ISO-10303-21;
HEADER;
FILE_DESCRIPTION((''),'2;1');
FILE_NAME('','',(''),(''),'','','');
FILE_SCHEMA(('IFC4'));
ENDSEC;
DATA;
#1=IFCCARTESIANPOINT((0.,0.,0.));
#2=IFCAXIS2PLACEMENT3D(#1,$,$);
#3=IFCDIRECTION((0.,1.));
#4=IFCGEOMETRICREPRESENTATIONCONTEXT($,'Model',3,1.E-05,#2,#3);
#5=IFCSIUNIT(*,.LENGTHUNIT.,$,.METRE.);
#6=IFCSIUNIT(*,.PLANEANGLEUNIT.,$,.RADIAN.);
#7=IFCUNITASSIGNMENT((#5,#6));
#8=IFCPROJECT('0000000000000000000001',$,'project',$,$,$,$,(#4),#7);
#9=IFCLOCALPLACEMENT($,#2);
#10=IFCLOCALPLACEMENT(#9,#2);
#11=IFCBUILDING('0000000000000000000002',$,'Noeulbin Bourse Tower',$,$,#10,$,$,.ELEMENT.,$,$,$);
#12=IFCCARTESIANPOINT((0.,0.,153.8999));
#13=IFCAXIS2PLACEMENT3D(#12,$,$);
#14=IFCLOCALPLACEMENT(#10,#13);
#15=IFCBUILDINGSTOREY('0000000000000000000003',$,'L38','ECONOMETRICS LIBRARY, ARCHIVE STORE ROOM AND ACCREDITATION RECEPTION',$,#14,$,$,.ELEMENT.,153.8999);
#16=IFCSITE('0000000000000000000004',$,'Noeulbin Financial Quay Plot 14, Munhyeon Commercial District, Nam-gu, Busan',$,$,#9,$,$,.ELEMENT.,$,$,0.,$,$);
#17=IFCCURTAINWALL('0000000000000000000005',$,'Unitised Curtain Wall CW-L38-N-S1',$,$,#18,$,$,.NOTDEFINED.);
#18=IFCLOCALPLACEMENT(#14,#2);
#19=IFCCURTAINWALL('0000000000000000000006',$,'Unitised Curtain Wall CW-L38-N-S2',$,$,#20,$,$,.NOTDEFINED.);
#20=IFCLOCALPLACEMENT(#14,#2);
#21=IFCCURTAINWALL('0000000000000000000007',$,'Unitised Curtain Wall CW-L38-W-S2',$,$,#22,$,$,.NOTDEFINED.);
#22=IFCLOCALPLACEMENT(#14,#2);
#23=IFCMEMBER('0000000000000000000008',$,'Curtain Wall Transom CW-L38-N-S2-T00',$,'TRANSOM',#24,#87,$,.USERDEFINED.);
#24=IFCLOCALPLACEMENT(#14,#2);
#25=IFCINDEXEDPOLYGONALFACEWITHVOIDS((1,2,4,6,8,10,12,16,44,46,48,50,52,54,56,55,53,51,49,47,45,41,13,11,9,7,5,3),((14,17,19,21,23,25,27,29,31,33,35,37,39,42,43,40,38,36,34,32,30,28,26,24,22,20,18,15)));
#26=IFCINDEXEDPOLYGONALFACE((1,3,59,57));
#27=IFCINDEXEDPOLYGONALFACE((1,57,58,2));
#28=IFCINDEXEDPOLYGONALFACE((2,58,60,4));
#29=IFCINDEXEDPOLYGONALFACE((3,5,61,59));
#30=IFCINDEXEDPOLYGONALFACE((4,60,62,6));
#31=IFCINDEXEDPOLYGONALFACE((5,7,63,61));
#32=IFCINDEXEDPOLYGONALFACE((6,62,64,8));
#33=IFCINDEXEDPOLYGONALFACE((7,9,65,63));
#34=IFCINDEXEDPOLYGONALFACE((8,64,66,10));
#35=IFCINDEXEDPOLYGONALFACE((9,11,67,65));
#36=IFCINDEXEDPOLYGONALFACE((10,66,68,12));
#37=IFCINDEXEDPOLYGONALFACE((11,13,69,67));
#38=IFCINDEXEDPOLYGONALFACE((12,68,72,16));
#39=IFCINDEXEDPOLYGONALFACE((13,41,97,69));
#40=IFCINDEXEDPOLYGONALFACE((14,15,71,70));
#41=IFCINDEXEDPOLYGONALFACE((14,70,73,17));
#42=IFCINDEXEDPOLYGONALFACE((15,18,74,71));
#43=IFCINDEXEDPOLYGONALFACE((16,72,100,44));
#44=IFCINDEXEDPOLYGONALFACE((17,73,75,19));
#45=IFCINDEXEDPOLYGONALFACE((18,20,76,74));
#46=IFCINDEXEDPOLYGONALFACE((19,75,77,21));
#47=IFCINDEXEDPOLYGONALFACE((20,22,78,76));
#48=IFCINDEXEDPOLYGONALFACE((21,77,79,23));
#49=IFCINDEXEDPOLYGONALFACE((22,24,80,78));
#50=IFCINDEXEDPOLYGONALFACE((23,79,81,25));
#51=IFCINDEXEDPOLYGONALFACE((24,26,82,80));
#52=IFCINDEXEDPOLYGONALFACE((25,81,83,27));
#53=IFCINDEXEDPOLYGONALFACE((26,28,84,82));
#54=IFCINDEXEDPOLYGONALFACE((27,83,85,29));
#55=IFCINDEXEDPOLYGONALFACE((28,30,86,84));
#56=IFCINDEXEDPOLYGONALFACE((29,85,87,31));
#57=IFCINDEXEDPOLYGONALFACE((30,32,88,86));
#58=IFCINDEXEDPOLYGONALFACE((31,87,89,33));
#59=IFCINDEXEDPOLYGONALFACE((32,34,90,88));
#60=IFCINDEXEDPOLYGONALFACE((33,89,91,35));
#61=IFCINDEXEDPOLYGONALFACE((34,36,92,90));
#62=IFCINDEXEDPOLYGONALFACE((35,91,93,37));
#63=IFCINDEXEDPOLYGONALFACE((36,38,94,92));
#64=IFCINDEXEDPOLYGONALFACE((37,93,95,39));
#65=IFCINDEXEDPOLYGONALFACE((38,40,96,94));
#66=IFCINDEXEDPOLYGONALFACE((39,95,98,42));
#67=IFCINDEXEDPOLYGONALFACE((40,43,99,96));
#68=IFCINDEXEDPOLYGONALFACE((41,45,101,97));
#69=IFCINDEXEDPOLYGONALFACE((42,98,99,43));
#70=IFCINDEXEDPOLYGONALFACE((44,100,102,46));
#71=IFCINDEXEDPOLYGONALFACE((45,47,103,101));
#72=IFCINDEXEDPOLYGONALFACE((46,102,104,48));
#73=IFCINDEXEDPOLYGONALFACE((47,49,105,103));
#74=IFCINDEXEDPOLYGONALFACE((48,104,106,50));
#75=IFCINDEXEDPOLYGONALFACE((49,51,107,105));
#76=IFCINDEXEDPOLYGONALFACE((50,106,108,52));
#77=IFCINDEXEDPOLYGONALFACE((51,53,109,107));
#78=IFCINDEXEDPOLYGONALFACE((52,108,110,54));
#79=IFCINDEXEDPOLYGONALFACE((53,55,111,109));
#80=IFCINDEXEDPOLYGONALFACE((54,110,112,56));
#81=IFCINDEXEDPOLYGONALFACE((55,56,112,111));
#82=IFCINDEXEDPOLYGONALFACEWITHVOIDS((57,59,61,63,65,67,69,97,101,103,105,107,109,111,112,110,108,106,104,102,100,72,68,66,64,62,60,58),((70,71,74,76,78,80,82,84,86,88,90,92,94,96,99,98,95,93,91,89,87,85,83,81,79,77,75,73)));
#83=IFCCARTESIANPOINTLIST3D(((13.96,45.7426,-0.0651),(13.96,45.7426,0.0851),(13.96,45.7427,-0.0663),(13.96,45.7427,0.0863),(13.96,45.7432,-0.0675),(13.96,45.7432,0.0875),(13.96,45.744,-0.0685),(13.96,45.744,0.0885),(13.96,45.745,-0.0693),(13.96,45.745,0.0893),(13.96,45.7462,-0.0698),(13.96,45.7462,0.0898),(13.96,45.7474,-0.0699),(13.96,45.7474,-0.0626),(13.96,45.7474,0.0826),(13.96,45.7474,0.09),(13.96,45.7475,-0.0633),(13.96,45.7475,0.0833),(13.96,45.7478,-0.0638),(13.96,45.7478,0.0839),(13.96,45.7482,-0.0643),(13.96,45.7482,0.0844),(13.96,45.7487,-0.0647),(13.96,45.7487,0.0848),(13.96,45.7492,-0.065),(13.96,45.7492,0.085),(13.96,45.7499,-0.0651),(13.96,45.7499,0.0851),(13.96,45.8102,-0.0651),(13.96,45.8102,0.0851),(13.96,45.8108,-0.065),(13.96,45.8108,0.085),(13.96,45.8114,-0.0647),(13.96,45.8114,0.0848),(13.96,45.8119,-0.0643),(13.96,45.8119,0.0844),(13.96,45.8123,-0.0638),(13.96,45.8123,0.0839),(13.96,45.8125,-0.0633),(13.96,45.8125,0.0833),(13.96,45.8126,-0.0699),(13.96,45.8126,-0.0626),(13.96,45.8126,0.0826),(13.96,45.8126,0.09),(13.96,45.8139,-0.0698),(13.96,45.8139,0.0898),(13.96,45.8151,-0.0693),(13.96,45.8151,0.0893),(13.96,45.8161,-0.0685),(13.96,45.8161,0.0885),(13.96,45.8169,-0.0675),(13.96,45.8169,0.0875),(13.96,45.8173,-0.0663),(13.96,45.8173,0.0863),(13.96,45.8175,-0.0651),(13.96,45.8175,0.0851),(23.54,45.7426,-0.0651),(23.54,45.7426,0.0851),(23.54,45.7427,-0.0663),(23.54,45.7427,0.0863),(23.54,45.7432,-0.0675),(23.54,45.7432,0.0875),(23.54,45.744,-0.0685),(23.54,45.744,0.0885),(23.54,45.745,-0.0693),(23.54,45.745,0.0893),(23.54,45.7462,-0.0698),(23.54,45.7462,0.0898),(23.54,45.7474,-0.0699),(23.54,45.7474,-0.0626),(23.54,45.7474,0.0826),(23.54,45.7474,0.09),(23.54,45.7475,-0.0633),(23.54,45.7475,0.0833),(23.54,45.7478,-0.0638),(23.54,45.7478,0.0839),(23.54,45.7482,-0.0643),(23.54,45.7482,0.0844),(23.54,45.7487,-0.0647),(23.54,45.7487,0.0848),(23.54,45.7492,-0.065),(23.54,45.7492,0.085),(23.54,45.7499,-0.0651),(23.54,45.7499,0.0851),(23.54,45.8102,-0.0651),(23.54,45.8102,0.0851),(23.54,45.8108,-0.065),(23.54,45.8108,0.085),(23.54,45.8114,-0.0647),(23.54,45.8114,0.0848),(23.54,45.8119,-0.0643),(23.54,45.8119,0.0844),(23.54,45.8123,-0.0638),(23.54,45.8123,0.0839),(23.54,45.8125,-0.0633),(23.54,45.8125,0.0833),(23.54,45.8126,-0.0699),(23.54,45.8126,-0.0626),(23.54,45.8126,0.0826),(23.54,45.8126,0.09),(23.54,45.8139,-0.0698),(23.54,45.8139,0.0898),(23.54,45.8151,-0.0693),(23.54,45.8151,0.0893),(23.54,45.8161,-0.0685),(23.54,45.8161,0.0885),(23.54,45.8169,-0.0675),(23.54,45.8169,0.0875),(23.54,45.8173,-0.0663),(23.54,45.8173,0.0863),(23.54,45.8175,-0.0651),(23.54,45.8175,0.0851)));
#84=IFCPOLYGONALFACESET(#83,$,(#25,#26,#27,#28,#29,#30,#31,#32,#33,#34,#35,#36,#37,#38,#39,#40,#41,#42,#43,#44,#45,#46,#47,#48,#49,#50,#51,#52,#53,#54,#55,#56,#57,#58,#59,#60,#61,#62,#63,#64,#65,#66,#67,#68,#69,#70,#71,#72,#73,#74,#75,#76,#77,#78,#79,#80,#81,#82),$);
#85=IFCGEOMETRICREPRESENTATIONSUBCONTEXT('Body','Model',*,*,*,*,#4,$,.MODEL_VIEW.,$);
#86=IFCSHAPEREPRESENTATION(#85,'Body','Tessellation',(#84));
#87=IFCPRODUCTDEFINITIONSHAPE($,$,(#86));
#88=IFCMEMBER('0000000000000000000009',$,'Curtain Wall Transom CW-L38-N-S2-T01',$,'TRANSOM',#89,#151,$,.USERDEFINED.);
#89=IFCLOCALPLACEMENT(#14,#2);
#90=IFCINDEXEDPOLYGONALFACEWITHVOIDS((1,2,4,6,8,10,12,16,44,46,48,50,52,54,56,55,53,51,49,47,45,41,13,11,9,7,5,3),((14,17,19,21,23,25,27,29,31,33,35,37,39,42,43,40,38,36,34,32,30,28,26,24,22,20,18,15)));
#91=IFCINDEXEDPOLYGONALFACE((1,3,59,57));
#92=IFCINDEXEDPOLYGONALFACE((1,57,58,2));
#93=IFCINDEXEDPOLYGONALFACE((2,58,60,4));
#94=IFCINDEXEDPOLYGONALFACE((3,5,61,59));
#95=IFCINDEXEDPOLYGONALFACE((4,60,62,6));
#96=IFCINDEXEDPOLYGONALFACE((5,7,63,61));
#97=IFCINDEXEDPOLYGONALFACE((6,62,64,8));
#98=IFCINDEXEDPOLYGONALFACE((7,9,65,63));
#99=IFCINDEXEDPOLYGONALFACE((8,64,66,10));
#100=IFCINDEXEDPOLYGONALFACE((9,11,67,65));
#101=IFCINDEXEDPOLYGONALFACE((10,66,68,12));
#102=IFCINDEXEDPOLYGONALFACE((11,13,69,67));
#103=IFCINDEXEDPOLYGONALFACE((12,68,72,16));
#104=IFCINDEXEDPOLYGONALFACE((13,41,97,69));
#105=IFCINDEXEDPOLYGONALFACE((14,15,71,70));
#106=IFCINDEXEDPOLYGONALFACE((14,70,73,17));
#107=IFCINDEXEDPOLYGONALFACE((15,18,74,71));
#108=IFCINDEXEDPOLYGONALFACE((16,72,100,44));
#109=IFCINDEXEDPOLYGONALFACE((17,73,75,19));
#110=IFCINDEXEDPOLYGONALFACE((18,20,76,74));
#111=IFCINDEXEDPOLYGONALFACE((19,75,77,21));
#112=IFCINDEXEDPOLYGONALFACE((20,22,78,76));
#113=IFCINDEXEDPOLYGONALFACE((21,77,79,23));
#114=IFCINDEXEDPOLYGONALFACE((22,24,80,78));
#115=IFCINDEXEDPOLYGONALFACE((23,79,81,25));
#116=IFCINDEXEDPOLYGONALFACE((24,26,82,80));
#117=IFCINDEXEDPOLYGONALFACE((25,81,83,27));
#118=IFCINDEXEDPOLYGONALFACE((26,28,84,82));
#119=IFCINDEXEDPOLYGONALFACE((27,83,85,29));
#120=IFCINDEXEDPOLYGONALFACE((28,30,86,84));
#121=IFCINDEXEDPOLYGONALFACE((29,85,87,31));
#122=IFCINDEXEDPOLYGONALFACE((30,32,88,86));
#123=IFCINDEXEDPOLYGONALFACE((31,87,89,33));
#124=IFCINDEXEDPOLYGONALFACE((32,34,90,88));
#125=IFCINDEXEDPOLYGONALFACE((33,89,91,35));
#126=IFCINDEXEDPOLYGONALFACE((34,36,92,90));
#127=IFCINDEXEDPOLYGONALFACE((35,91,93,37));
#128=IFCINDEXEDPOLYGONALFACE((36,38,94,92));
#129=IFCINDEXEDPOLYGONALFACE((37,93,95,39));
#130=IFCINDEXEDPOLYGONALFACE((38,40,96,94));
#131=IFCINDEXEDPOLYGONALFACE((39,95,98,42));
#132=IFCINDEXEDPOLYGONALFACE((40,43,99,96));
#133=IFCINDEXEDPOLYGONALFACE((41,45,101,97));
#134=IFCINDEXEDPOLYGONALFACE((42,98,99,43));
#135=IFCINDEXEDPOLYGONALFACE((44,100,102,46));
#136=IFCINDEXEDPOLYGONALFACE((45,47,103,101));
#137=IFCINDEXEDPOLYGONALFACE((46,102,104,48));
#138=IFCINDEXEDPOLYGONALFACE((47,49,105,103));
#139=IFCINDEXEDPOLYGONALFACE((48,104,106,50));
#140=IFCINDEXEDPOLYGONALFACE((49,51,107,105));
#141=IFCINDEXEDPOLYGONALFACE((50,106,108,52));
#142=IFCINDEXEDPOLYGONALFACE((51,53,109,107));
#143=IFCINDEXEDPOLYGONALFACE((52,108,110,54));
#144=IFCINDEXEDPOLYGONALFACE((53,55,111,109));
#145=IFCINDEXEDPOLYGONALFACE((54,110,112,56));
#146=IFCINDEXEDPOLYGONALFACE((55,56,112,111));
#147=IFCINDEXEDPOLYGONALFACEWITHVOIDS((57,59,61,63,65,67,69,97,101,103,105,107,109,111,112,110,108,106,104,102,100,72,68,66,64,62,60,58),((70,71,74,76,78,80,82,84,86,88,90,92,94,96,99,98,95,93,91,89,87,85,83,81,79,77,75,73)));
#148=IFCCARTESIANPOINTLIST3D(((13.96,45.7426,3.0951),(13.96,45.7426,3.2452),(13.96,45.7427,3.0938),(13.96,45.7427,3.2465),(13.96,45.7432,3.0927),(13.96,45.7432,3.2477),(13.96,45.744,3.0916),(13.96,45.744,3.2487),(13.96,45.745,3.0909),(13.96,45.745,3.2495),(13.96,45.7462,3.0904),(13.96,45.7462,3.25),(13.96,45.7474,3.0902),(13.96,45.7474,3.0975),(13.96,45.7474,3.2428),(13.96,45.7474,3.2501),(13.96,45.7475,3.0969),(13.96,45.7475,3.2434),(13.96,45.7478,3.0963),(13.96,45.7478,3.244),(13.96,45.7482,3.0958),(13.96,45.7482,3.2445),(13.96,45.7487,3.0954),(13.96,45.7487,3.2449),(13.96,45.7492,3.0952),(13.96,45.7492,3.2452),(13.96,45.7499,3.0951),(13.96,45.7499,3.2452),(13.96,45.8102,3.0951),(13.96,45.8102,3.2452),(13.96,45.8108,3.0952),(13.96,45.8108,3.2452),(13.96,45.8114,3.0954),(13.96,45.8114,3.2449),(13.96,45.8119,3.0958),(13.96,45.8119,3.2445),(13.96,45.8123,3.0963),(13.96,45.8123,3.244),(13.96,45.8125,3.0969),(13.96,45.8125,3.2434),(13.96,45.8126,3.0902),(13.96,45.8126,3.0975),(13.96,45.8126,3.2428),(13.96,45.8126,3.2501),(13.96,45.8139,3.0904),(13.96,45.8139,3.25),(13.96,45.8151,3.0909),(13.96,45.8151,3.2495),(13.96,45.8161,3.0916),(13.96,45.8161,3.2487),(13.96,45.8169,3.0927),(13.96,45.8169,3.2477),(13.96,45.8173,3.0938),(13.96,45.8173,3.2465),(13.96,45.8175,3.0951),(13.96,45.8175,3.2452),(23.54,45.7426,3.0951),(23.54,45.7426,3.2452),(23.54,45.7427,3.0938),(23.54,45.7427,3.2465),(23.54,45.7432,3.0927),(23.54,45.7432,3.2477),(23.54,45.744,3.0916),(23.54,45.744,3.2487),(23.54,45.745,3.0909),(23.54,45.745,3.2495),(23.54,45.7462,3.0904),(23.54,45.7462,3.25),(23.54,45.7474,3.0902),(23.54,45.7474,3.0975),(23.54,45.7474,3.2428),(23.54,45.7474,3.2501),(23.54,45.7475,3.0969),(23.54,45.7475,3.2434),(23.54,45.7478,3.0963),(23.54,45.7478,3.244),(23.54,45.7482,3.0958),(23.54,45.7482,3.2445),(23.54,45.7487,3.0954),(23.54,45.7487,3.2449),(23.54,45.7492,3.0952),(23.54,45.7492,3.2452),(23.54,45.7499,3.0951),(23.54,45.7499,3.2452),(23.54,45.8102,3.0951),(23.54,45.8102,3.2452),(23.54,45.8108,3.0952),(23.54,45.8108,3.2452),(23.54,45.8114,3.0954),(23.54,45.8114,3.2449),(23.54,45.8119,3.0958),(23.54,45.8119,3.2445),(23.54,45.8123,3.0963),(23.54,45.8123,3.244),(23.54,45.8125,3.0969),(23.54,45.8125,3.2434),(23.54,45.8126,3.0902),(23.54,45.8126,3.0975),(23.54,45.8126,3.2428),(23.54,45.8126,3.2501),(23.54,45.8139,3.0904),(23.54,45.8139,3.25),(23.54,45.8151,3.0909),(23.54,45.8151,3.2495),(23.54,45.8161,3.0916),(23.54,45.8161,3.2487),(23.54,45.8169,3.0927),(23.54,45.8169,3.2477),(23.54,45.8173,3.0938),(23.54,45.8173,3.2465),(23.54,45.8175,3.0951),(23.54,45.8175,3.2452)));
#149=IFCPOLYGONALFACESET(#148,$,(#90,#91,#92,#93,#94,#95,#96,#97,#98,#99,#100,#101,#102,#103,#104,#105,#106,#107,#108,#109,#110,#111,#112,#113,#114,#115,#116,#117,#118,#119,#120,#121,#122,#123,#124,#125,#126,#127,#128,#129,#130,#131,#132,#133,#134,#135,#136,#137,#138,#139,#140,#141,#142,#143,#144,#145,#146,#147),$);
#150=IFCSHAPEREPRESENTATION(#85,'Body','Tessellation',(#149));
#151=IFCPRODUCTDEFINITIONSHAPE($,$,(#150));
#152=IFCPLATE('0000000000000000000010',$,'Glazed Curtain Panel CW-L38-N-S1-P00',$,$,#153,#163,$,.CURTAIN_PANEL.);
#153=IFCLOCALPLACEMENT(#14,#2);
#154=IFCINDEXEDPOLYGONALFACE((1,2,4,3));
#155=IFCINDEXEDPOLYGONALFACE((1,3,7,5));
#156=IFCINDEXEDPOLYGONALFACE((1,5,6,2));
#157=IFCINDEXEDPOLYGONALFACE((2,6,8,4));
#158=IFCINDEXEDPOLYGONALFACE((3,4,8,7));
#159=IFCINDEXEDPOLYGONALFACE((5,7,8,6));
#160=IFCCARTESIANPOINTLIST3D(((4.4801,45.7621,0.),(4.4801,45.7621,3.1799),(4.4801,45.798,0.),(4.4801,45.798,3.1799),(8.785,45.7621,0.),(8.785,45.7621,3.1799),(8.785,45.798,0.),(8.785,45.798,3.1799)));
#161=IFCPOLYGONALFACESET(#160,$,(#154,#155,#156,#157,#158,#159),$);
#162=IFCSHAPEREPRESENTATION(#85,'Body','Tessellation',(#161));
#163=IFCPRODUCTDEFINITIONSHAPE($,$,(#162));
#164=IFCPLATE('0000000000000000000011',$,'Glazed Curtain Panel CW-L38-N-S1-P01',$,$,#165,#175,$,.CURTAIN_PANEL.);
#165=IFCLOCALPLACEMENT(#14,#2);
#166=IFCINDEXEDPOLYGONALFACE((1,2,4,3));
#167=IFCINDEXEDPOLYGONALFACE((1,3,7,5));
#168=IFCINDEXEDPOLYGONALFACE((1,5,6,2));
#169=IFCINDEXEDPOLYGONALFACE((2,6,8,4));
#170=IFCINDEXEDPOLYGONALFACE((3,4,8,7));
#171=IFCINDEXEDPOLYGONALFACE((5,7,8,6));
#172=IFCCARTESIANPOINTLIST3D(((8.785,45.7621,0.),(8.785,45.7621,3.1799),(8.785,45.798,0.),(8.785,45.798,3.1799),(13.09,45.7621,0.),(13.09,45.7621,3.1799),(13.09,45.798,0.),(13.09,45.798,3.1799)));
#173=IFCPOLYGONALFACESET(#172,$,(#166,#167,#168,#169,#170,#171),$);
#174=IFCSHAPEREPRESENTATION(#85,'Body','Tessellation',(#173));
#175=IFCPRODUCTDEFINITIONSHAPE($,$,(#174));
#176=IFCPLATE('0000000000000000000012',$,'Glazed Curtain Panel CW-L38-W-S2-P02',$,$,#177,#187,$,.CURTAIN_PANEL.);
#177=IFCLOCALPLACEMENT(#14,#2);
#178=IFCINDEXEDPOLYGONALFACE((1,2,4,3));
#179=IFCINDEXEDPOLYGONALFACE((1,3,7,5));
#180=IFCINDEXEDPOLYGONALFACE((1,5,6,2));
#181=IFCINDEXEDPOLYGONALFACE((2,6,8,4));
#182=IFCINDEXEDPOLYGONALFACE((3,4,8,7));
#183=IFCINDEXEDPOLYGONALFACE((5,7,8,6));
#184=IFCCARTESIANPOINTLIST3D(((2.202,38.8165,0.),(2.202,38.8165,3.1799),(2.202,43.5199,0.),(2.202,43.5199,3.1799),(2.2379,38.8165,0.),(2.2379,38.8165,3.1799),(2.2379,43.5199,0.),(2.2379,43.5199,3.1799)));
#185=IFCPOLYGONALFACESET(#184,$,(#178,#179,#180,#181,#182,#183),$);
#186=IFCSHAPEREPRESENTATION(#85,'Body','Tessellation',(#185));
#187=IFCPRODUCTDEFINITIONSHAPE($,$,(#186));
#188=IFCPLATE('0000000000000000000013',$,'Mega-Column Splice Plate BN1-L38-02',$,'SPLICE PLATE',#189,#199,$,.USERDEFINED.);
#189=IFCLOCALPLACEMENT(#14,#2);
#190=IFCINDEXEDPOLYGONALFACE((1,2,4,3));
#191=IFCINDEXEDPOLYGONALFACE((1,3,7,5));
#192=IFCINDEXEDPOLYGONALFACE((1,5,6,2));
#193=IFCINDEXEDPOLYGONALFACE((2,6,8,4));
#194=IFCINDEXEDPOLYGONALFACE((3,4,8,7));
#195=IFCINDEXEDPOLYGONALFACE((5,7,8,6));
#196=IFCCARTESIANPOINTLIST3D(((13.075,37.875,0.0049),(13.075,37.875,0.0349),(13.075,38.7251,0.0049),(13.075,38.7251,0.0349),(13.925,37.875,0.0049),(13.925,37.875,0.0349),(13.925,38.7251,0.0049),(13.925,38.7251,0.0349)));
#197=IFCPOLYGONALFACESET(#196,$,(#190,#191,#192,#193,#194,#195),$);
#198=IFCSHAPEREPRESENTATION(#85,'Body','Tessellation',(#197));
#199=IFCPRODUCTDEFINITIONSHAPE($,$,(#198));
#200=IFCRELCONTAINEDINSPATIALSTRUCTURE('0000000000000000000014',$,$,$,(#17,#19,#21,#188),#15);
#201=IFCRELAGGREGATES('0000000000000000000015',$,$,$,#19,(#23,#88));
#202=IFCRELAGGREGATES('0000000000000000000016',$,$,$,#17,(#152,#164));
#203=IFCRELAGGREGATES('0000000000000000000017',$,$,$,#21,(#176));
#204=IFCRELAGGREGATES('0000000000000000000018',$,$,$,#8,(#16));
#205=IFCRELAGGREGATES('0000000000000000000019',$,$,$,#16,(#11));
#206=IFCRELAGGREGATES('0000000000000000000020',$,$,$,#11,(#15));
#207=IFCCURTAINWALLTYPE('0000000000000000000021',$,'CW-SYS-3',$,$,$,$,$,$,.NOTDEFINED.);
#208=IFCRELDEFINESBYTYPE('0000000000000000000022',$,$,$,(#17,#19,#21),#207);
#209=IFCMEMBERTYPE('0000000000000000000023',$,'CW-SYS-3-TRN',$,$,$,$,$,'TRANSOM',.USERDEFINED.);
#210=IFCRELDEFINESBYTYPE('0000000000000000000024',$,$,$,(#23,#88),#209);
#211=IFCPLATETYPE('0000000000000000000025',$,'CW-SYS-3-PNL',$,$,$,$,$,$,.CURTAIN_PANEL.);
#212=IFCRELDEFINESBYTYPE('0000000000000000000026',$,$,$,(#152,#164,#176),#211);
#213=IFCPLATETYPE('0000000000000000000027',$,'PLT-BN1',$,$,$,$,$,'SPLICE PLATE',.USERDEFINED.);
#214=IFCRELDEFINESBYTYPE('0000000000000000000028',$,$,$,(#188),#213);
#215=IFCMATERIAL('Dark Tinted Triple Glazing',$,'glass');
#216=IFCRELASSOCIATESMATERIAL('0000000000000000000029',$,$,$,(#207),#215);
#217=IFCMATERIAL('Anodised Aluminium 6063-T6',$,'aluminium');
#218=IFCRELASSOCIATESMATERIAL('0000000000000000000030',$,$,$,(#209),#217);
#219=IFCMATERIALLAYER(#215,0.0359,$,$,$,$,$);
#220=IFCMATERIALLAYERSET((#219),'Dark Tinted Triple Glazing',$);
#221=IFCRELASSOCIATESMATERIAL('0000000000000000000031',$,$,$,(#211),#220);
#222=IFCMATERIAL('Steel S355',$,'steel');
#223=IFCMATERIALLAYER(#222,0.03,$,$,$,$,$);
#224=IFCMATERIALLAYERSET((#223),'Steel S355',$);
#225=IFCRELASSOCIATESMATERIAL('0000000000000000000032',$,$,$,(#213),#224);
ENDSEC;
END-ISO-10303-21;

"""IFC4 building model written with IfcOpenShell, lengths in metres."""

from ifc_helpers import new_model, si_unit, direction, frame, origin, origin_2d, place, context, subcontext, project, spatial, rectangle, hollow_rectangle, extrude, material, layer, layer_set, material_profile, profile_set, type_object, element, aggregate, save


model = new_model("IFC4")

# Units and contexts
model_context = context("Model", 3, precision=1e-05, world=origin(), true_north=direction((0.0, 1.0)))
body_context = subcontext(model_context, "Body", "Model", "MODEL_VIEW")
ifc_project = project(units=[si_unit("LENGTHUNIT", "METRE"), si_unit("PLANEANGLEUNIT", "RADIAN")], contexts=[model_context])

# Site, building, storey
site_placement = place(None, origin())
site = spatial("IfcSite", under=ifc_project, at=site_placement, Name="Noeulbin Financial Quay Plot 14, Munhyeon Commercial District, Nam-gu, Busan", CompositionType="ELEMENT", RefElevation=0.0)
building_placement = place(site_placement, origin())
building = spatial("IfcBuilding", under=site, at=building_placement, Name="Noeulbin Bourse Tower", CompositionType="ELEMENT")
storey_placement = place(building_placement, frame((0.0, 0.0, 153.8999)))
storey = spatial("IfcBuildingStorey", under=building, at=storey_placement, Name="L38", Description="ECONOMETRICS LIBRARY, ARCHIVE STORE ROOM AND ACCREDITATION RECEPTION", CompositionType="ELEMENT", Elevation=153.8999)

# Shared definitions
ifc_material_1 = material(Name="Steel S355", Category="steel")

# Curtain wall
ifc_material_2 = material(Name="Dark Tinted Triple Glazing", Category="glass")
curtain_wall_type = type_object("IfcCurtainWallType", Name="CW-SYS-3", PredefinedType="NOTDEFINED", material=ifc_material_2)
curtain_wall_1_placement = place(storey_placement, origin())
curtain_wall_1 = element("IfcCurtainWall", 1, at=curtain_wall_1_placement, inside=storey, type_object=curtain_wall_type, Name="Unitised Curtain Wall CW-L38-N-S1", PredefinedType="NOTDEFINED")
ifc_material_3 = material(Name="Anodised Aluminium 6063-T6", Category="aluminium")

# Curtain wall
curtain_wall_2_placement = place(storey_placement, origin())
curtain_wall_2 = element("IfcCurtainWall", 2, at=curtain_wall_2_placement, inside=storey, type_object=curtain_wall_type, Name="Unitised Curtain Wall CW-L38-N-S2", PredefinedType="NOTDEFINED")

# Curtain wall
curtain_wall_3_placement = place(storey_placement, origin())
curtain_wall_3 = element("IfcCurtainWall", 3, at=curtain_wall_3_placement, inside=storey, type_object=curtain_wall_type, Name="Unitised Curtain Wall CW-L38-W-S2", PredefinedType="NOTDEFINED")

# Members
ifc_material_profile_1 = material_profile(ifc_material_3, hollow_rectangle(XDim=0.075, YDim=0.1599, WallThickness=0.0049, InnerFilletRadius=0.0024, OuterFilletRadius=0.0049, at=origin_2d()), Name="ALU-TRAN-75x160x5", Category="LoadBearing")
ifc_profile_set_1 = profile_set([ifc_material_profile_1], Name="Anodised Aluminium 6063-T6")
member_type_1 = type_object("IfcMemberType", Name="CW-SYS-3-TRN", ElementType="TRANSOM", PredefinedType="USERDEFINED", material=ifc_profile_set_1)
member_1_placement = place(storey_placement, frame((13.96, 45.78, 0.01), z_axis=(1.0, 0.0, 0.0), x_axis=(0.0, 1.0, 0.0)))
member_1 = element("IfcMember", 4, at=member_1_placement, type_object=member_type_1, Name="Curtain Wall Transom CW-L38-N-S2-T00", ObjectType="TRANSOM", PredefinedType="USERDEFINED", context=body_context, shape_type="SweptSolid", body=[
    extrude(hollow_rectangle(XDim=0.075, YDim=0.1599, WallThickness=0.0049, InnerFilletRadius=0.0024, OuterFilletRadius=0.0049, at=origin_2d()), origin(), (0.0, 0.0, 1.0), 9.5801),
])
member_2_placement = place(storey_placement, frame((13.96, 45.78, 3.1702), z_axis=(1.0, 0.0, 0.0), x_axis=(0.0, 1.0, 0.0)))
member_2 = element("IfcMember", 5, at=member_2_placement, type_object=member_type_1, Name="Curtain Wall Transom CW-L38-N-S2-T01", ObjectType="TRANSOM", PredefinedType="USERDEFINED", context=body_context, shape_type="SweptSolid", body=[
    extrude(hollow_rectangle(XDim=0.075, YDim=0.1599, WallThickness=0.0049, InnerFilletRadius=0.0024, OuterFilletRadius=0.0049, at=origin_2d()), origin(), (0.0, 0.0, 1.0), 9.5801),
])
aggregate(curtain_wall_2, [member_1, member_2])

# Plates
ifc_layer_1 = layer(ifc_material_2, 0.0359)
ifc_layer_set_1 = layer_set([ifc_layer_1], Name="Dark Tinted Triple Glazing")
plate_type_1 = type_object("IfcPlateType", Name="CW-SYS-3-PNL", PredefinedType="CURTAIN_PANEL", material=ifc_layer_set_1)
plate_1_placement = place(storey_placement, frame((6.6326, 45.78, 0.0), z_axis=(0.0, 0.0, 1.0), x_axis=(1.0, 0.0, 0.0)))
plate_1 = element("IfcPlate", 6, at=plate_1_placement, type_object=plate_type_1, Name="Glazed Curtain Panel CW-L38-N-S1-P00", PredefinedType="CURTAIN_PANEL", context=body_context, shape_type="SweptSolid", body=[
    extrude(rectangle(XDim=4.3049, YDim=0.0359, at=origin_2d()), origin(), (0.0, 0.0, 1.0), 3.1799),
])
plate_2_placement = place(storey_placement, frame((10.9375, 45.78, 0.0), z_axis=(0.0, 0.0, 1.0), x_axis=(1.0, 0.0, 0.0)))
plate_2 = element("IfcPlate", 7, at=plate_2_placement, type_object=plate_type_1, Name="Glazed Curtain Panel CW-L38-N-S1-P01", PredefinedType="CURTAIN_PANEL", context=body_context, shape_type="SweptSolid", body=[
    extrude(rectangle(XDim=4.3049, YDim=0.0359, at=origin_2d()), origin(), (0.0, 0.0, 1.0), 3.1799),
])
aggregate(curtain_wall_1, [plate_1, plate_2])
plate_3_placement = place(storey_placement, frame((2.22, 41.1682, 0.0), z_axis=(0.0, 0.0, 1.0), x_axis=(0.0, 1.0, 0.0)))
plate_3 = element("IfcPlate", 8, at=plate_3_placement, type_object=plate_type_1, Name="Glazed Curtain Panel CW-L38-W-S2-P02", PredefinedType="CURTAIN_PANEL", context=body_context, shape_type="SweptSolid", body=[
    extrude(rectangle(XDim=4.7034, YDim=0.0359, at=origin_2d()), origin(), (0.0, 0.0, 1.0), 3.1799),
])
aggregate(curtain_wall_3, [plate_3])

# Plate
ifc_layer_2 = layer(ifc_material_1, 0.03)
ifc_layer_set_2 = layer_set([ifc_layer_2], Name="Steel S355")
plate_type_2 = type_object("IfcPlateType", Name="PLT-BN1", ElementType="SPLICE PLATE", PredefinedType="USERDEFINED", material=ifc_layer_set_2)
for number, where, z_axis, x_axis, name in (
    (9, (13.5, 38.3, 0.0049), (0.0, 0.0, 1.0), (1.0, 0.0, 0.0), "Mega-Column Splice Plate BN1-L38-02"),
):
    element("IfcPlate", number, at=place(storey_placement, frame(where, z_axis=z_axis, x_axis=x_axis)), inside=storey, type_object=plate_type_2, Name=name, ObjectType="SPLICE PLATE", PredefinedType="USERDEFINED", context=body_context, shape_type="SweptSolid", body=[
        extrude(rectangle(XDim=0.8501, YDim=0.8501, at=origin_2d()), origin(), (0.0, 0.0, 1.0), 0.03),
    ])

save(model, "model.ifc")
